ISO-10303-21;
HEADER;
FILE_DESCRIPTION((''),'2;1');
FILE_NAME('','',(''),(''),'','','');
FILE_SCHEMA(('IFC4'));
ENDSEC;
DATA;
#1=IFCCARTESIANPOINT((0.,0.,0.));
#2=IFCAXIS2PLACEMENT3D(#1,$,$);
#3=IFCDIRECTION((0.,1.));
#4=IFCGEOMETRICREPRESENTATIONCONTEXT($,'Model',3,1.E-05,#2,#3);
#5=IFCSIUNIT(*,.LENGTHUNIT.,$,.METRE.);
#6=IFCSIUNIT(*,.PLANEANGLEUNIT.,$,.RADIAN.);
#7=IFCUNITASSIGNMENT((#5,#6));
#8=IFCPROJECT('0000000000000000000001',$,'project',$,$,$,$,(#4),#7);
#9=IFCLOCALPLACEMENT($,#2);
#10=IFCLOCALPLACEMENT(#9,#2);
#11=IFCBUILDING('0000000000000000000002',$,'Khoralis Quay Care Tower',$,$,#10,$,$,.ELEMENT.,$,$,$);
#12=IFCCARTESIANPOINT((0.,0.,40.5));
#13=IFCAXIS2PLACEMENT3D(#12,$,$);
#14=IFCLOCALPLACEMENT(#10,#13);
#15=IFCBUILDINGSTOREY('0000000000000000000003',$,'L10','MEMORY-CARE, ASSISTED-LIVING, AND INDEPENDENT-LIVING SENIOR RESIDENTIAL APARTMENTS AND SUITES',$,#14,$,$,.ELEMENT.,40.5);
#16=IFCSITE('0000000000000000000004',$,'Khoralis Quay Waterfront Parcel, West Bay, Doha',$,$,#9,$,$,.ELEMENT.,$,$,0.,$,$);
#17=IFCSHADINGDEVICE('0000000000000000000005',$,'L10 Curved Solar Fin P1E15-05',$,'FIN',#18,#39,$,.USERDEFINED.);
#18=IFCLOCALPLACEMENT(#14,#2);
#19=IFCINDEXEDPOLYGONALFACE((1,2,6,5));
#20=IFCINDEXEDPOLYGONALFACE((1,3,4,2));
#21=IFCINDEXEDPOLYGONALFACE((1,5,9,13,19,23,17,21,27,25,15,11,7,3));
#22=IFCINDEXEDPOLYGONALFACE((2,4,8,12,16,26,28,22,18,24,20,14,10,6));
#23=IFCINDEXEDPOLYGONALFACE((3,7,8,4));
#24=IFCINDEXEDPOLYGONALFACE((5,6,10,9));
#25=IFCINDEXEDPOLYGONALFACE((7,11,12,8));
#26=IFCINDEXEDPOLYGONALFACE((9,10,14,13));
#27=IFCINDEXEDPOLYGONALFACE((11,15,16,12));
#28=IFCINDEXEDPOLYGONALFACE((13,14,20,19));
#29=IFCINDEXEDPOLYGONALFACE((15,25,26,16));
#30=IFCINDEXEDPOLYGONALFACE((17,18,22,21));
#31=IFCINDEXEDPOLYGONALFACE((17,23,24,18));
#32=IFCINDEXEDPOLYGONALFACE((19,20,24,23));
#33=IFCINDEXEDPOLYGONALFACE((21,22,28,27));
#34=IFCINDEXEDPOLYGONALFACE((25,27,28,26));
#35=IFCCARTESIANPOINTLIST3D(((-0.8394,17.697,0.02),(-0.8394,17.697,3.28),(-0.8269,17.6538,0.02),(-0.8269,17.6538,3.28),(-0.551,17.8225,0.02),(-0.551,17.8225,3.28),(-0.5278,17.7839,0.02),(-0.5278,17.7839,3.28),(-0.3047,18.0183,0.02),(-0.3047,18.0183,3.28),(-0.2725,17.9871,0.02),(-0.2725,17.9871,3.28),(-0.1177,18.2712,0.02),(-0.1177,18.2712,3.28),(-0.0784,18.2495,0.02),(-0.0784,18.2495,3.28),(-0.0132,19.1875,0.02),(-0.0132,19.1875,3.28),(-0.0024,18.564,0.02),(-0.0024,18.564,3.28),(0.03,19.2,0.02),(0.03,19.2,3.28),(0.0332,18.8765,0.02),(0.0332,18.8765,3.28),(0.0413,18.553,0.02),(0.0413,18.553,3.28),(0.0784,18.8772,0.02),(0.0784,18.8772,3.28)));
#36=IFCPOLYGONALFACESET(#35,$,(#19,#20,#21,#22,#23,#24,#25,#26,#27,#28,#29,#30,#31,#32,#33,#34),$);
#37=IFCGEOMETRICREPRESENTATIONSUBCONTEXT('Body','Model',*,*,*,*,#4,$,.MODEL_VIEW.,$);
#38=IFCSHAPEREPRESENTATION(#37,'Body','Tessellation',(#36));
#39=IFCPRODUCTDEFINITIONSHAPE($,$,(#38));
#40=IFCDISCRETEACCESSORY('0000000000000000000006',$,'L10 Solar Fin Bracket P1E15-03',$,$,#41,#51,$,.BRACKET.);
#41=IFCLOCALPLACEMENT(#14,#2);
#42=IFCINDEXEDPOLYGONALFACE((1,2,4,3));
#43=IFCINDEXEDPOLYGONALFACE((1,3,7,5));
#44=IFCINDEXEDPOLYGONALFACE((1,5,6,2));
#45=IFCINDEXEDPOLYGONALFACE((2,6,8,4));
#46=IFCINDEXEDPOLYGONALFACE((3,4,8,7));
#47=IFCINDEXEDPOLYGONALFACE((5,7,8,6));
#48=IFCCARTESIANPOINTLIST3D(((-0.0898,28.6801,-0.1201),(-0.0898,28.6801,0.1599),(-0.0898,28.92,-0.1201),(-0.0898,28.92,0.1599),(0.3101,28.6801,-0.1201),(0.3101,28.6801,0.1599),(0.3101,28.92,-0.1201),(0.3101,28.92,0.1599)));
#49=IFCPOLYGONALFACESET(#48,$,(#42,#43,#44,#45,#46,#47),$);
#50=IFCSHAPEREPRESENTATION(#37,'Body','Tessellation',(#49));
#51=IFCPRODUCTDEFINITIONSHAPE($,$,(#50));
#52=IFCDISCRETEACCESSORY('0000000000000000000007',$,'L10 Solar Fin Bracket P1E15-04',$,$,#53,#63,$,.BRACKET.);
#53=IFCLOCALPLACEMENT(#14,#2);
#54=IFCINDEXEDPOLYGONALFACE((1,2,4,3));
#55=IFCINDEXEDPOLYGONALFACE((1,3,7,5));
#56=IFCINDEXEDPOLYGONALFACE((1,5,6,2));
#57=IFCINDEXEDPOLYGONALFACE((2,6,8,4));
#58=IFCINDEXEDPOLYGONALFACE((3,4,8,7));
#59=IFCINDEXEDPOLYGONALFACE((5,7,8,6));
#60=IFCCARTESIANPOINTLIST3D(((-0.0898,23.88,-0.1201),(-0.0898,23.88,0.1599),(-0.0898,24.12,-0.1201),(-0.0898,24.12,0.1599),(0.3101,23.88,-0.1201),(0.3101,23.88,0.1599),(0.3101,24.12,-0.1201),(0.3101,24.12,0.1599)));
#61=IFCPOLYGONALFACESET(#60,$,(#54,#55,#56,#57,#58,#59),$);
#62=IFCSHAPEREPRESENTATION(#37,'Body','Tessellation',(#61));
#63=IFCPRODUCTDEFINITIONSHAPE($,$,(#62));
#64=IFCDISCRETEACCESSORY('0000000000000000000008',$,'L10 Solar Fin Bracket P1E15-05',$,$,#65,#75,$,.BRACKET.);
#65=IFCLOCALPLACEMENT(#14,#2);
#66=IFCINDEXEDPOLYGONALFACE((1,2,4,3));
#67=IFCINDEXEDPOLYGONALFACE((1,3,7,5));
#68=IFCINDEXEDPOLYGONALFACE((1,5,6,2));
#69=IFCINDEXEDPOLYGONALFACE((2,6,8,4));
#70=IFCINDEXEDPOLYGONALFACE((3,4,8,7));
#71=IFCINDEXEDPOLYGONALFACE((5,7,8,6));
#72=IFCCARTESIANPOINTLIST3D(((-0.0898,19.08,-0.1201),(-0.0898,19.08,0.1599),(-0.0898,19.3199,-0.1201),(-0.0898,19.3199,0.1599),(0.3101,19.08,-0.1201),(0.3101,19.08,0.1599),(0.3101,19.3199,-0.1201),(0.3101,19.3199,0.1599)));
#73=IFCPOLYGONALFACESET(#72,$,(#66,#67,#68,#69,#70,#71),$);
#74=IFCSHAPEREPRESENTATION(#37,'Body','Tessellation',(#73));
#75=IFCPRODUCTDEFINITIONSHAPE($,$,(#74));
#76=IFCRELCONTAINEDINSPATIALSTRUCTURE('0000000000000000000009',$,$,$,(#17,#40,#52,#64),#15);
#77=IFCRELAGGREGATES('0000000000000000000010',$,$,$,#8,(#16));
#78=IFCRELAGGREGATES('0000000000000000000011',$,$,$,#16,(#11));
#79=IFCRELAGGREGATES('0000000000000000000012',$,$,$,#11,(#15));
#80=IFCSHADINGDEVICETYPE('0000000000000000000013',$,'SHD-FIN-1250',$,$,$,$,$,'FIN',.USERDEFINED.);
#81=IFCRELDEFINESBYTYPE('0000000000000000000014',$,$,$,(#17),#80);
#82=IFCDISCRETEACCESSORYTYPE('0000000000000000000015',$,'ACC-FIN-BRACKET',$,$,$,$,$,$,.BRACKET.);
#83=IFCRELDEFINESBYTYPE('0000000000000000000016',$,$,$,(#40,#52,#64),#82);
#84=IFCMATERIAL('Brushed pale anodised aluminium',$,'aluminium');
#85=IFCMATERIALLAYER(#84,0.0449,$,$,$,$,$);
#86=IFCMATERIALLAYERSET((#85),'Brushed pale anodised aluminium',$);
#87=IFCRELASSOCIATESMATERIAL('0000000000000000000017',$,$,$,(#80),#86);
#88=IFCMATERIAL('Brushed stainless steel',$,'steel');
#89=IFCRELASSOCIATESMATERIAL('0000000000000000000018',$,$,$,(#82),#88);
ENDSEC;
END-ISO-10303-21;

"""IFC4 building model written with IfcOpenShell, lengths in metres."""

from ifc_helpers import new_model, si_unit, direction, frame, origin, origin_2d, place, context, subcontext, project, spatial, polyline, rectangle, outline, extrude, source, transform, mapped, material, layer, layer_set, type_object, element, save


model = new_model("IFC4")

# Units and contexts
model_context = context("Model", 3, precision=1e-05, world=origin(), true_north=direction((0.0, 1.0)))
body_context = subcontext(model_context, "Body", "Model", "MODEL_VIEW")
ifc_project = project(units=[si_unit("LENGTHUNIT", "METRE"), si_unit("PLANEANGLEUNIT", "RADIAN")], contexts=[model_context])

# Site, building, storey
site_placement = place(None, origin())
site = spatial("IfcSite", under=ifc_project, at=site_placement, Name="Khoralis Quay Waterfront Parcel, West Bay, Doha", CompositionType="ELEMENT", RefElevation=0.0)
building_placement = place(site_placement, origin())
building = spatial("IfcBuilding", under=site, at=building_placement, Name="Khoralis Quay Care Tower", CompositionType="ELEMENT")
storey_placement = place(building_placement, frame((0.0, 0.0, 40.5)))
storey = spatial("IfcBuildingStorey", under=building, at=storey_placement, Name="L10", Description="MEMORY-CARE, ASSISTED-LIVING, AND INDEPENDENT-LIVING SENIOR RESIDENTIAL APARTMENTS AND SUITES", CompositionType="ELEMENT", Elevation=40.5)

# Shading device
ifc_material_1 = material(Name="Brushed pale anodised aluminium", Category="aluminium")
ifc_layer_1 = layer(ifc_material_1, 0.0449)
ifc_layer_set_1 = layer_set([ifc_layer_1], Name="Brushed pale anodised aluminium")
shading_device_type = type_object("IfcShadingDeviceType", Name="SHD-FIN-1250", ElementType="FIN", PredefinedType="USERDEFINED", material=ifc_layer_set_1)
shared_shape_1 = source(origin(), body_context, "Body", "SweptSolid", [
    extrude(outline(polyline([(0.0, 0.0), (-0.0483, 0.3228), (-0.0112, 0.647), (0.1084, 0.9504), (0.3025, 1.2129), (0.5579, 1.416), (0.8569, 1.5461), (0.8694, 1.5029), (0.5811, 1.3774), (0.3347, 1.1816), (0.1477, 0.9287), (0.0325, 0.636), (-0.0032, 0.3235), (0.0432, 0.0125), (0.0, 0.0)])), origin(), (0.0, 0.0, 1.0), 3.26),
])
for number, where, z_axis, x_axis, name in (
    (1, (0.03, 19.2, 0.02), (0.0, 0.0, 1.0), (-1.0, 0.0, 0.0), "L10 Curved Solar Fin P1E15-05"),
):
    element("IfcShadingDevice", number, at=place(storey_placement, frame(where, z_axis=z_axis, x_axis=x_axis)), inside=storey, type_object=shading_device_type, Name=name, ObjectType="FIN", PredefinedType="USERDEFINED", context=body_context, shape_type="MappedRepresentation", body=[
        mapped(shared_shape_1, transform((0.0, 0.0, 0.0), scale=1.0)),
    ])

# Discrete accessories
ifc_material_2 = material(Name="Brushed stainless steel", Category="steel")
discrete_accessory_type = type_object("IfcDiscreteAccessoryType", Name="ACC-FIN-BRACKET", PredefinedType="BRACKET", material=ifc_material_2)
shared_shape_2 = source(origin(), body_context, "Body", "SweptSolid", [
    extrude(rectangle(XDim=0.3999, YDim=0.24, at=origin_2d()), origin(), (0.0, 0.0, 1.0), 0.28),
])
for number, where, z_axis, x_axis, name in (
    (2, (0.1101, 28.8, -0.1201), (0.0, 0.0, 1.0), (-1.0, 0.0, 0.0), "L10 Solar Fin Bracket P1E15-03"),
    (3, (0.1101, 24.0, -0.1201), (0.0, 0.0, 1.0), (-1.0, 0.0, 0.0), "L10 Solar Fin Bracket P1E15-04"),
    (4, (0.1101, 19.2, -0.1201), (0.0, 0.0, 1.0), (-1.0, 0.0, 0.0), "L10 Solar Fin Bracket P1E15-05"),
):
    element("IfcDiscreteAccessory", number, at=place(storey_placement, frame(where, z_axis=z_axis, x_axis=x_axis)), inside=storey, type_object=discrete_accessory_type, Name=name, PredefinedType="BRACKET", context=body_context, shape_type="MappedRepresentation", body=[
        mapped(shared_shape_2, transform((0.0, 0.0, 0.0), scale=1.0)),
    ])

save(model, "model.ifc")
